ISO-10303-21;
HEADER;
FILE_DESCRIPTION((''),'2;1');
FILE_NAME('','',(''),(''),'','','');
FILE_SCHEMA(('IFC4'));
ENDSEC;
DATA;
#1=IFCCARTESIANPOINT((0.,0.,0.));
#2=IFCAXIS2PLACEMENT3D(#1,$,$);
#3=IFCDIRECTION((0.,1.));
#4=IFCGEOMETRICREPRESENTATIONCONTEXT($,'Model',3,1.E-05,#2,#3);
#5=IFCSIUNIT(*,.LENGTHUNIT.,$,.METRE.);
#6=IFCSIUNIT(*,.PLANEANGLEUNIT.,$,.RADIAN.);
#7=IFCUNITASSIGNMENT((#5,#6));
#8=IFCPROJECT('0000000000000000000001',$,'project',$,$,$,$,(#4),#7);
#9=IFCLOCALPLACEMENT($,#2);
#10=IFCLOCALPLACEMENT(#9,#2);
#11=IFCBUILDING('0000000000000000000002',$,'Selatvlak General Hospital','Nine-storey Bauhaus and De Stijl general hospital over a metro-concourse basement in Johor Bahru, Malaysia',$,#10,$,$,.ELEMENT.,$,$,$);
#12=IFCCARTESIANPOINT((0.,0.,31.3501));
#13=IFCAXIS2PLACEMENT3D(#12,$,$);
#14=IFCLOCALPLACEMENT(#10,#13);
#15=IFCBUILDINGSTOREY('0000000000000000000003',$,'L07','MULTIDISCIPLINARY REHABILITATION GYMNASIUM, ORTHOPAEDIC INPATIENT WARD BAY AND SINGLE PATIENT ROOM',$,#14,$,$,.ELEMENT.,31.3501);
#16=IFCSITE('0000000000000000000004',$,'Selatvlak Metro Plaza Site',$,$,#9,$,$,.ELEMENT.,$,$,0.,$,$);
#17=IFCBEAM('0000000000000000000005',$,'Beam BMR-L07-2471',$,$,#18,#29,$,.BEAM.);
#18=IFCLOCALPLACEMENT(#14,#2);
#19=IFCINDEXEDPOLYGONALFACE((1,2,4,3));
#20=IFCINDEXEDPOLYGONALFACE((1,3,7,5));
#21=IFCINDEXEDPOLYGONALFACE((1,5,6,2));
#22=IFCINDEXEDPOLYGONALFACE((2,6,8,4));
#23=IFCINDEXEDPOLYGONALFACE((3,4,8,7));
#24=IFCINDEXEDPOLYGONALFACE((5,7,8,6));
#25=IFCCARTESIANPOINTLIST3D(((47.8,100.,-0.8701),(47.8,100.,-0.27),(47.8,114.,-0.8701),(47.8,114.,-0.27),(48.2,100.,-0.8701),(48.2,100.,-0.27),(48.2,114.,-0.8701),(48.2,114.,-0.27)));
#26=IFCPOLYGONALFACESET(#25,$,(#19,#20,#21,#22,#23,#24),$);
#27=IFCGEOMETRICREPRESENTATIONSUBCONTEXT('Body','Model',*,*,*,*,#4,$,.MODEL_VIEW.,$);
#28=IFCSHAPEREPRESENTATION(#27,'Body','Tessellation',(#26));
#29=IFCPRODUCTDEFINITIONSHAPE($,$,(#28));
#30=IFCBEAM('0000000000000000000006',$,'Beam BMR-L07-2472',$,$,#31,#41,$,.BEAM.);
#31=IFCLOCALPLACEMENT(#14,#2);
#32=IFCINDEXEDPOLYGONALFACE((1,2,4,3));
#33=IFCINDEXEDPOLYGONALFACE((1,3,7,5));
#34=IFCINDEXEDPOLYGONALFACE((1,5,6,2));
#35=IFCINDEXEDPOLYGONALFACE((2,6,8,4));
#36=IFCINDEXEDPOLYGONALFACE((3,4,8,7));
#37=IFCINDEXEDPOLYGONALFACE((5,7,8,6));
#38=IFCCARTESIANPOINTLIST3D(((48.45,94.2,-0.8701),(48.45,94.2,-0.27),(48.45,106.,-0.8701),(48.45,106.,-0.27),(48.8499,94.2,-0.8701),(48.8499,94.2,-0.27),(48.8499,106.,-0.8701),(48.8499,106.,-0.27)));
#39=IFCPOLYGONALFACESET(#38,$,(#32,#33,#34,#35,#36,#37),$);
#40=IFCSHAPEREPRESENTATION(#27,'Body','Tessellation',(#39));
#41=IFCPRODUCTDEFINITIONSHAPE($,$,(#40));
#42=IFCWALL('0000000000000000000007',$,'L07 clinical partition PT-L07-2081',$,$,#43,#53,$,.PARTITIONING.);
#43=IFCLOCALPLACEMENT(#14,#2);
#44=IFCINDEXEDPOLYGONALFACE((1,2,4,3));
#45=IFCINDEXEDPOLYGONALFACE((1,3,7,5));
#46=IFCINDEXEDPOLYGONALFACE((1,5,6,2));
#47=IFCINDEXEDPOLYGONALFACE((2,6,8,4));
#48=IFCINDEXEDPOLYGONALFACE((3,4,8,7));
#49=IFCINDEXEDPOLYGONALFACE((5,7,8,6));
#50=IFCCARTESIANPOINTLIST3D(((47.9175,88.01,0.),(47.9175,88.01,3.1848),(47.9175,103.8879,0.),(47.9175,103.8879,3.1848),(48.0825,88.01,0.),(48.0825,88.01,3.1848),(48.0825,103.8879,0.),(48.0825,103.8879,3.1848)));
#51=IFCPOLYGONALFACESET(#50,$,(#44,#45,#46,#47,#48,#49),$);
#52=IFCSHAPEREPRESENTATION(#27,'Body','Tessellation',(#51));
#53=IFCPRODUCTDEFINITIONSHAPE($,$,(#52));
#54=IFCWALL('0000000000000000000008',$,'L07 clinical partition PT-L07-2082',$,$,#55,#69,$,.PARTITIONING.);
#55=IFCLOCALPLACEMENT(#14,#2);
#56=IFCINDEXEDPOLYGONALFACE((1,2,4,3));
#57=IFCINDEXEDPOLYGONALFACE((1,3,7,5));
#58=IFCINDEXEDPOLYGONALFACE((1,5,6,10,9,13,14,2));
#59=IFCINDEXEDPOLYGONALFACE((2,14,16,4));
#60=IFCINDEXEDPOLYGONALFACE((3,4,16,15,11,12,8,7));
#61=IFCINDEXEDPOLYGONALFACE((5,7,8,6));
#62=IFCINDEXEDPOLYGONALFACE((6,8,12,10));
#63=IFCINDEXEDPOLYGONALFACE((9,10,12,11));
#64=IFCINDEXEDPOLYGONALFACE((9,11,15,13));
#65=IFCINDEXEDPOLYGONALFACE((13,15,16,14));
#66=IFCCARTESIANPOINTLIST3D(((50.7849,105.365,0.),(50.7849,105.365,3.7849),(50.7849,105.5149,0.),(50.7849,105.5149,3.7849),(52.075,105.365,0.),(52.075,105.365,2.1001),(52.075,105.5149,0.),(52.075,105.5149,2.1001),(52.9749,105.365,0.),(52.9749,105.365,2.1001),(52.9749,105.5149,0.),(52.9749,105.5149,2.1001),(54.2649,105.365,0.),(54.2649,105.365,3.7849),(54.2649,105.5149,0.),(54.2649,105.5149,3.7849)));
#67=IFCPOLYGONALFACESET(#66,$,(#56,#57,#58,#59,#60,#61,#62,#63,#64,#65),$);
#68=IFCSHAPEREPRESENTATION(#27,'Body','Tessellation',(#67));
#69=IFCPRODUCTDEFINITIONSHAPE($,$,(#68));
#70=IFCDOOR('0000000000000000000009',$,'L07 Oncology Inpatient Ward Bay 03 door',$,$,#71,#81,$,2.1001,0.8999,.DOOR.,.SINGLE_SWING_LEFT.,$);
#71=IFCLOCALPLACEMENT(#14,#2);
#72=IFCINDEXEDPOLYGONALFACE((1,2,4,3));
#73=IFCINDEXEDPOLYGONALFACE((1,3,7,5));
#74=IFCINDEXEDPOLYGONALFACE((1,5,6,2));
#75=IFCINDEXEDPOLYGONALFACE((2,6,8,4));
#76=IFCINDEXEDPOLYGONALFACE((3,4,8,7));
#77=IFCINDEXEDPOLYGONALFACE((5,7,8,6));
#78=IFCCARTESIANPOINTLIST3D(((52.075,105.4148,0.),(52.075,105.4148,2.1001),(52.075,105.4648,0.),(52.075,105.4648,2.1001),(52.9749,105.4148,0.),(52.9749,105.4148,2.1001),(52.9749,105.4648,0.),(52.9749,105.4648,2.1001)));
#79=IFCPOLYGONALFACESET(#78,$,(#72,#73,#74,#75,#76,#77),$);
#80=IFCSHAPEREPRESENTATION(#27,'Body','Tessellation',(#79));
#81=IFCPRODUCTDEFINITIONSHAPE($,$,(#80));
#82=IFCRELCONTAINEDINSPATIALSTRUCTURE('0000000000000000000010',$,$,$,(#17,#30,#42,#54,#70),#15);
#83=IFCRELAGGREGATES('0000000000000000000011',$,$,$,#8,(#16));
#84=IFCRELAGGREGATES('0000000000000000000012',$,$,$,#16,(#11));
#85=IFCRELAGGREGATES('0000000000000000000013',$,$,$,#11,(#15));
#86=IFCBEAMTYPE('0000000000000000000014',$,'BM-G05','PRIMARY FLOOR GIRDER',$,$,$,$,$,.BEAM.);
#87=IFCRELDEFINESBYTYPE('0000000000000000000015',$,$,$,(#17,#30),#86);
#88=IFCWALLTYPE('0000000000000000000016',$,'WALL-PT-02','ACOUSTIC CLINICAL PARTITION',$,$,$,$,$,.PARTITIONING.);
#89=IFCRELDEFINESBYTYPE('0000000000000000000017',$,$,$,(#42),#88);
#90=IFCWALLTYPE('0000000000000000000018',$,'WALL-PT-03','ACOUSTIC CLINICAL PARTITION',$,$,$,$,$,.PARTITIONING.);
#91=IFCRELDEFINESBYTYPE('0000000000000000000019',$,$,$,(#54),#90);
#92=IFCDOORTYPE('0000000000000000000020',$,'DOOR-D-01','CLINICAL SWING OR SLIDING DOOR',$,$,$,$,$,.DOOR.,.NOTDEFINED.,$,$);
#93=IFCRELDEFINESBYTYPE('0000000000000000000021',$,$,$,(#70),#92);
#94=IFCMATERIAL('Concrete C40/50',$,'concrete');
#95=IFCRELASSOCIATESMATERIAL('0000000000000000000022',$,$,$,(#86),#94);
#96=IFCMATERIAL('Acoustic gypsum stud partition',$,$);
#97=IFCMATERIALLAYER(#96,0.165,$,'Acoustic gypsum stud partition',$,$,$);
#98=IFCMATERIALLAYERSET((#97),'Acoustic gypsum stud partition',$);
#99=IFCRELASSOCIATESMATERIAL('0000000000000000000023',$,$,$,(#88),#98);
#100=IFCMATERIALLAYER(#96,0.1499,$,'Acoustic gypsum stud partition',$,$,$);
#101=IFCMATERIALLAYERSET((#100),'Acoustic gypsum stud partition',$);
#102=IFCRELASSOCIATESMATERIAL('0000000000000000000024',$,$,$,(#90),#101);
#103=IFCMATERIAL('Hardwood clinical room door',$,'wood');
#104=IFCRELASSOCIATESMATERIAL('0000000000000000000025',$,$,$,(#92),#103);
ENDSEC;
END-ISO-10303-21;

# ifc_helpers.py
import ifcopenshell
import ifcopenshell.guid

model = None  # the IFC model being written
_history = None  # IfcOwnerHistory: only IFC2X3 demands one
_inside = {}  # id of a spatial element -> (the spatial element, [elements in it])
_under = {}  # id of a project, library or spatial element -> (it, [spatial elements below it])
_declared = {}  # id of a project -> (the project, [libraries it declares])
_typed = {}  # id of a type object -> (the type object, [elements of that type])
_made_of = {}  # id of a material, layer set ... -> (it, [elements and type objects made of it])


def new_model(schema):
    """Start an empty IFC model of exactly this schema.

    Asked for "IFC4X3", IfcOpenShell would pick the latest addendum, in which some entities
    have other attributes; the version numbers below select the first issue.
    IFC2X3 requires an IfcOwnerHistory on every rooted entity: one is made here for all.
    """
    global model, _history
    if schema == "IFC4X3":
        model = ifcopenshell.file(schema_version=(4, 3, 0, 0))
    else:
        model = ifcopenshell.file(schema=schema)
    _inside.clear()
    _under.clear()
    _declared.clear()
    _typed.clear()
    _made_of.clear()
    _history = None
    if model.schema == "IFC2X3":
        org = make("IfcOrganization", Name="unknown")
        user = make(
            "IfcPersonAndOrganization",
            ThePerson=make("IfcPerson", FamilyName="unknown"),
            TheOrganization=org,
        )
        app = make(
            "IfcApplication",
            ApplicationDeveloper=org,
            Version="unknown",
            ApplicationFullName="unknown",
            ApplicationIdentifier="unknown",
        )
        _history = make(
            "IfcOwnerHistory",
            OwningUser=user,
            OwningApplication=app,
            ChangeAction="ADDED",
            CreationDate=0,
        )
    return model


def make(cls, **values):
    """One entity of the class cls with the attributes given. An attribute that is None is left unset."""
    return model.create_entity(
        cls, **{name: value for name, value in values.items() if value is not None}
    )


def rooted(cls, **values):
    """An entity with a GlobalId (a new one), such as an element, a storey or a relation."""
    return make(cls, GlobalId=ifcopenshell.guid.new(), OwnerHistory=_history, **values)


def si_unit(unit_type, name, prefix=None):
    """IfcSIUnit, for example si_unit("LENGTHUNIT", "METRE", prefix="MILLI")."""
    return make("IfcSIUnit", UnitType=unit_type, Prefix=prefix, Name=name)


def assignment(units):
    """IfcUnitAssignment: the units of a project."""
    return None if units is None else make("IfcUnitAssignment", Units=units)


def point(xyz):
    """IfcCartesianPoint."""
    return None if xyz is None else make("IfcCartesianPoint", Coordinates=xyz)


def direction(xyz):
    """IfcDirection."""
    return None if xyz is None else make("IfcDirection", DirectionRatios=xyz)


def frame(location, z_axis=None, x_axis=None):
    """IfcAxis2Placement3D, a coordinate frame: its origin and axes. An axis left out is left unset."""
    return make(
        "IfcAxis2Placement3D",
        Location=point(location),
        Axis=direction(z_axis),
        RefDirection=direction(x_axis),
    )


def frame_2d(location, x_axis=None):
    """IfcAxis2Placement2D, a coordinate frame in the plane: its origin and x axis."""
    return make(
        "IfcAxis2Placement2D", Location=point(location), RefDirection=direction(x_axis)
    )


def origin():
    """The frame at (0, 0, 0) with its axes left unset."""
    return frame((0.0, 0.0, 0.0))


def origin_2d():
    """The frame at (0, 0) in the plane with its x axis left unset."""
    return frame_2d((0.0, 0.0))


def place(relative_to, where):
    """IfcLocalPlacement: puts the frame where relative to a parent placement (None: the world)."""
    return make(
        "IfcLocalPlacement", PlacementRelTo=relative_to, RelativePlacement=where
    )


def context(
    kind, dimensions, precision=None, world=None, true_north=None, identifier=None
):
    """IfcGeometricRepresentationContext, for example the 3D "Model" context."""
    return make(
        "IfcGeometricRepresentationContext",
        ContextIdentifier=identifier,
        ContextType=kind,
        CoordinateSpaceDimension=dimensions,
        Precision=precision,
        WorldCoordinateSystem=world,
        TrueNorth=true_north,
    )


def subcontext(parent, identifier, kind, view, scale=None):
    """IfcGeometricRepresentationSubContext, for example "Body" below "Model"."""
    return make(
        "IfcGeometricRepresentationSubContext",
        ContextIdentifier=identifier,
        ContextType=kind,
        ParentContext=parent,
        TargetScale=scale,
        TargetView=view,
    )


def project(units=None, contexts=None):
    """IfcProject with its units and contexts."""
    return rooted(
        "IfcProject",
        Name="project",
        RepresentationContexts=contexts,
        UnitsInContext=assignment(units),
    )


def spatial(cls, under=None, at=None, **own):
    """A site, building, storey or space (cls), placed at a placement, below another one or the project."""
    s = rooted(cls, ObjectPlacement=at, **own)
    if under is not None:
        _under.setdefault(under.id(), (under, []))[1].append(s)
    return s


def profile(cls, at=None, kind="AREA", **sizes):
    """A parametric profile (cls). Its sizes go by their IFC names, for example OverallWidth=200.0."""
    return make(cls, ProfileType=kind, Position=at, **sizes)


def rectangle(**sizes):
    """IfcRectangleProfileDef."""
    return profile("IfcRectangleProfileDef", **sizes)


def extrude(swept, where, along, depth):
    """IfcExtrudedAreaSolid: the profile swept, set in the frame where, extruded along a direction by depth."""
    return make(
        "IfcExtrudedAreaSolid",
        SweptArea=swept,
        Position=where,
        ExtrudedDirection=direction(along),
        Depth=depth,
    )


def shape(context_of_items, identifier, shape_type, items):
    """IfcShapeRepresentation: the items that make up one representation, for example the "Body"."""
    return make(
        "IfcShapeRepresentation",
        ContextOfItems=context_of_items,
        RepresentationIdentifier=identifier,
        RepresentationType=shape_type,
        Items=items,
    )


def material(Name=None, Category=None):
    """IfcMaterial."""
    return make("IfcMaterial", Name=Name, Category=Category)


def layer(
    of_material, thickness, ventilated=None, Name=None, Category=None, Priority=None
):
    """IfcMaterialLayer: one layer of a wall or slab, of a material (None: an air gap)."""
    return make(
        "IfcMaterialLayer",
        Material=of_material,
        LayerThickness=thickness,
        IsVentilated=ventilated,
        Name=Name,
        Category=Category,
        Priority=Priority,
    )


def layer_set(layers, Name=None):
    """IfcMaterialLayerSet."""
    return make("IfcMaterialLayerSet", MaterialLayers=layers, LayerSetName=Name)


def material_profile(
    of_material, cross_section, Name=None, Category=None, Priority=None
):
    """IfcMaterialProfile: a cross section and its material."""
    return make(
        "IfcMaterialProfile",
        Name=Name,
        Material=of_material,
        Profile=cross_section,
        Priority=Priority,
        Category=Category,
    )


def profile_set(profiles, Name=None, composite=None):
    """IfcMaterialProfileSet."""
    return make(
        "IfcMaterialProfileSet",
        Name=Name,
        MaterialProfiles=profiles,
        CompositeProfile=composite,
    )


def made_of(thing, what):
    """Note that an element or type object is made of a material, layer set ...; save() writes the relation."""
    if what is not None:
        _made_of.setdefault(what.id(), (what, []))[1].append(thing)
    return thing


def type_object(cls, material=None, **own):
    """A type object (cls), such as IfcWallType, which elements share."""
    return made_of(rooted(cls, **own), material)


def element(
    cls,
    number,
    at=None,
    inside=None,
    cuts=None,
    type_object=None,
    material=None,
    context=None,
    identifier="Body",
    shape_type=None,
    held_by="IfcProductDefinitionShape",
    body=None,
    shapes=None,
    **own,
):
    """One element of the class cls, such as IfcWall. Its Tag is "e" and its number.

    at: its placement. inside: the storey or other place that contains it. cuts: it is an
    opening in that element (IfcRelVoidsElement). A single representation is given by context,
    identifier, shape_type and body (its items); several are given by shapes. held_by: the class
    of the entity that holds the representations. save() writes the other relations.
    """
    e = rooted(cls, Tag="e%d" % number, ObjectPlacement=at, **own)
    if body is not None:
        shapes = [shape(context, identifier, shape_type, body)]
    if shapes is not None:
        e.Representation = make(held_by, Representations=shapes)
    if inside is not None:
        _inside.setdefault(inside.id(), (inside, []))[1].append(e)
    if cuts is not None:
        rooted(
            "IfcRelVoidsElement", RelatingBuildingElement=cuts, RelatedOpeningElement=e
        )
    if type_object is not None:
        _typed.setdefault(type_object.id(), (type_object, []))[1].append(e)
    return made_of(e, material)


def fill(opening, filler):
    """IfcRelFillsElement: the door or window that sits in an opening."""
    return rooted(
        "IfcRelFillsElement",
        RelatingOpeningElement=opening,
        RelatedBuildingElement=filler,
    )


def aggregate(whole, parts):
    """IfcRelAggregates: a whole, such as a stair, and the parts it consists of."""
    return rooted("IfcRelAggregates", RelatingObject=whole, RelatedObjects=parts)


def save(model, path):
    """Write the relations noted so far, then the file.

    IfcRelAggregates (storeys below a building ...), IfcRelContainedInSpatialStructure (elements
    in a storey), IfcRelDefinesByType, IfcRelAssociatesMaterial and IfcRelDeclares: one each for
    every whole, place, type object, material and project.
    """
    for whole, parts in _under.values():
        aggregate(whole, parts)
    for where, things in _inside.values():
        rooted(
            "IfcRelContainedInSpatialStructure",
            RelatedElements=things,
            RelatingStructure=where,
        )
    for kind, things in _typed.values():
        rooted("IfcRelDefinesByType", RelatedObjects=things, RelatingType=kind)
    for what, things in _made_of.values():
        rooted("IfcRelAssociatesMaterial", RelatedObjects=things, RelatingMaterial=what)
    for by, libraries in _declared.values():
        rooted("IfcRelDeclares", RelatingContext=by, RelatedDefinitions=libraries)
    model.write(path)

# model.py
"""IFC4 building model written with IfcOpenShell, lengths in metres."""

from ifc_helpers import new_model, si_unit, direction, frame, frame_2d, origin, origin_2d, place, context, subcontext, project, spatial, rectangle, extrude, material, layer, layer_set, material_profile, profile_set, type_object, element, fill, save


model = new_model("IFC4")

# Units and contexts
model_context = context("Model", 3, precision=1e-05, world=origin(), true_north=direction((0.0, 1.0)))
body_context = subcontext(model_context, "Body", "Model", "MODEL_VIEW")
ifc_project = project(units=[si_unit("LENGTHUNIT", "METRE"), si_unit("PLANEANGLEUNIT", "RADIAN")], contexts=[model_context])

# Site, building, storey
site_placement = place(None, origin())
site = spatial("IfcSite", under=ifc_project, at=site_placement, Name="Selatvlak Metro Plaza Site", CompositionType="ELEMENT", RefElevation=0.0)
building_placement = place(site_placement, origin())
building = spatial("IfcBuilding", under=site, at=building_placement, Name="Selatvlak General Hospital", Description="Nine-storey Bauhaus and De Stijl general hospital over a metro-concourse basement in Johor Bahru, Malaysia", CompositionType="ELEMENT")
storey_placement = place(building_placement, frame((0.0, 0.0, 31.3501)))
storey = spatial("IfcBuildingStorey", under=building, at=storey_placement, Name="L07", Description="MULTIDISCIPLINARY REHABILITATION GYMNASIUM, ORTHOPAEDIC INPATIENT WARD BAY AND SINGLE PATIENT ROOM", CompositionType="ELEMENT", Elevation=31.3501)

# Shared definitions
ifc_material_1 = material(Name="Concrete C40/50", Category="concrete")

# Beams
ifc_material_profile_1 = material_profile(ifc_material_1, rectangle(XDim=0.3999, YDim=0.6001, at=origin_2d()), Name="RC-BM 400x600")
ifc_profile_set_1 = profile_set([ifc_material_profile_1], Name="Concrete C40/50")
beam_type_1 = type_object("IfcBeamType", Name="BM-G05", Description="PRIMARY FLOOR GIRDER", PredefinedType="BEAM", material=ifc_profile_set_1)
beam_1_placement = place(storey_placement, frame((48.0, 100.0, -0.5701), z_axis=(0.0, 1.0, 0.0), x_axis=(-1.0, 0.0, 0.0)))
element("IfcBeam", 1, at=beam_1_placement, inside=storey, type_object=beam_type_1, Name="Beam BMR-L07-2471", PredefinedType="BEAM", context=body_context, shape_type="SweptSolid", body=[
    extrude(rectangle(XDim=0.3999, YDim=0.6001, at=origin_2d()), origin(), (0.0, 0.0, 1.0), 14.0),
])
beam_2_placement = place(storey_placement, frame((48.6499, 94.2, -0.5701), z_axis=(0.0, 1.0, 0.0), x_axis=(-1.0, 0.0, 0.0)))
element("IfcBeam", 2, at=beam_2_placement, inside=storey, type_object=beam_type_1, Name="Beam BMR-L07-2472", PredefinedType="BEAM", context=body_context, shape_type="SweptSolid", body=[
    extrude(rectangle(XDim=0.3999, YDim=0.6001, at=origin_2d()), origin(), (0.0, 0.0, 1.0), 11.8),
])

# Wall
ifc_material_2 = material(Name="Acoustic gypsum stud partition")
ifc_layer_1 = layer(ifc_material_2, 0.165, Name="Acoustic gypsum stud partition")
ifc_layer_set_1 = layer_set([ifc_layer_1], Name="Acoustic gypsum stud partition")
wall_type_1 = type_object("IfcWallType", Name="WALL-PT-02", Description="ACOUSTIC CLINICAL PARTITION", PredefinedType="PARTITIONING", material=ifc_layer_set_1)
wall_1_placement = place(storey_placement, frame((48.0, 103.8879, 0.0), z_axis=(0.0, 0.0, 1.0), x_axis=(0.0, -1.0, 0.0)))
element("IfcWall", 3, at=wall_1_placement, inside=storey, type_object=wall_type_1, Name="L07 clinical partition PT-L07-2081", PredefinedType="PARTITIONING", context=body_context, shape_type="SweptSolid", body=[
    extrude(rectangle(XDim=15.8779, YDim=0.165, at=frame_2d((7.939, 0.0))), origin(), (0.0, 0.0, 1.0), 3.1848),
])

# Wall, opening, door
ifc_layer_2 = layer(ifc_material_2, 0.1499, Name="Acoustic gypsum stud partition")
ifc_layer_set_2 = layer_set([ifc_layer_2], Name="Acoustic gypsum stud partition")
wall_type_2 = type_object("IfcWallType", Name="WALL-PT-03", Description="ACOUSTIC CLINICAL PARTITION", PredefinedType="PARTITIONING", material=ifc_layer_set_2)
wall_2_placement = place(storey_placement, frame((50.7849, 105.4399, 0.0), z_axis=(0.0, 0.0, 1.0), x_axis=(1.0, 0.0, 0.0)))
wall_2 = element("IfcWall", 4, at=wall_2_placement, inside=storey, type_object=wall_type_2, Name="L07 clinical partition PT-L07-2082", PredefinedType="PARTITIONING", context=body_context, shape_type="SweptSolid", body=[
    extrude(rectangle(XDim=3.48, YDim=0.1499, at=frame_2d((1.74, 0.0))), origin(), (0.0, 0.0, 1.0), 3.7849),
])
opening_placement = place(wall_2_placement, frame((1.29, 0.0, 0.0)))
opening = element("IfcOpeningElement", 5, at=opening_placement, cuts=wall_2, PredefinedType="OPENING", context=body_context, shape_type="SweptSolid", body=[
    extrude(rectangle(XDim=0.8999, YDim=2.1001, at=frame_2d((0.45, 1.05))), frame((0.0, 0.085, 0.0), z_axis=(0.0, -1.0, 0.0), x_axis=(1.0, 0.0, 0.0)), (0.0, 0.0, 1.0), 0.1699),
])
ifc_material_3 = material(Name="Hardwood clinical room door", Category="wood")
door_type = type_object("IfcDoorType", Name="DOOR-D-01", Description="CLINICAL SWING OR SLIDING DOOR", OperationType="NOTDEFINED", PredefinedType="DOOR", material=ifc_material_3)
door_placement = place(opening_placement, origin())
door = element("IfcDoor", 6, at=door_placement, inside=storey, type_object=door_type, Name="L07 Oncology Inpatient Ward Bay 03 door", OperationType="SINGLE_SWING_LEFT", OverallHeight=2.1001, OverallWidth=0.8999, PredefinedType="DOOR", context=body_context, shape_type="SweptSolid", body=[
    extrude(rectangle(XDim=0.8999, YDim=2.1001, at=frame_2d((0.45, 1.05))), frame((0.0, 0.0249, 0.0), z_axis=(0.0, -1.0, 0.0), x_axis=(1.0, 0.0, 0.0)), (0.0, 0.0, 1.0), 0.05),
])
fill(opening, door)

save(model, "model.ifc")
